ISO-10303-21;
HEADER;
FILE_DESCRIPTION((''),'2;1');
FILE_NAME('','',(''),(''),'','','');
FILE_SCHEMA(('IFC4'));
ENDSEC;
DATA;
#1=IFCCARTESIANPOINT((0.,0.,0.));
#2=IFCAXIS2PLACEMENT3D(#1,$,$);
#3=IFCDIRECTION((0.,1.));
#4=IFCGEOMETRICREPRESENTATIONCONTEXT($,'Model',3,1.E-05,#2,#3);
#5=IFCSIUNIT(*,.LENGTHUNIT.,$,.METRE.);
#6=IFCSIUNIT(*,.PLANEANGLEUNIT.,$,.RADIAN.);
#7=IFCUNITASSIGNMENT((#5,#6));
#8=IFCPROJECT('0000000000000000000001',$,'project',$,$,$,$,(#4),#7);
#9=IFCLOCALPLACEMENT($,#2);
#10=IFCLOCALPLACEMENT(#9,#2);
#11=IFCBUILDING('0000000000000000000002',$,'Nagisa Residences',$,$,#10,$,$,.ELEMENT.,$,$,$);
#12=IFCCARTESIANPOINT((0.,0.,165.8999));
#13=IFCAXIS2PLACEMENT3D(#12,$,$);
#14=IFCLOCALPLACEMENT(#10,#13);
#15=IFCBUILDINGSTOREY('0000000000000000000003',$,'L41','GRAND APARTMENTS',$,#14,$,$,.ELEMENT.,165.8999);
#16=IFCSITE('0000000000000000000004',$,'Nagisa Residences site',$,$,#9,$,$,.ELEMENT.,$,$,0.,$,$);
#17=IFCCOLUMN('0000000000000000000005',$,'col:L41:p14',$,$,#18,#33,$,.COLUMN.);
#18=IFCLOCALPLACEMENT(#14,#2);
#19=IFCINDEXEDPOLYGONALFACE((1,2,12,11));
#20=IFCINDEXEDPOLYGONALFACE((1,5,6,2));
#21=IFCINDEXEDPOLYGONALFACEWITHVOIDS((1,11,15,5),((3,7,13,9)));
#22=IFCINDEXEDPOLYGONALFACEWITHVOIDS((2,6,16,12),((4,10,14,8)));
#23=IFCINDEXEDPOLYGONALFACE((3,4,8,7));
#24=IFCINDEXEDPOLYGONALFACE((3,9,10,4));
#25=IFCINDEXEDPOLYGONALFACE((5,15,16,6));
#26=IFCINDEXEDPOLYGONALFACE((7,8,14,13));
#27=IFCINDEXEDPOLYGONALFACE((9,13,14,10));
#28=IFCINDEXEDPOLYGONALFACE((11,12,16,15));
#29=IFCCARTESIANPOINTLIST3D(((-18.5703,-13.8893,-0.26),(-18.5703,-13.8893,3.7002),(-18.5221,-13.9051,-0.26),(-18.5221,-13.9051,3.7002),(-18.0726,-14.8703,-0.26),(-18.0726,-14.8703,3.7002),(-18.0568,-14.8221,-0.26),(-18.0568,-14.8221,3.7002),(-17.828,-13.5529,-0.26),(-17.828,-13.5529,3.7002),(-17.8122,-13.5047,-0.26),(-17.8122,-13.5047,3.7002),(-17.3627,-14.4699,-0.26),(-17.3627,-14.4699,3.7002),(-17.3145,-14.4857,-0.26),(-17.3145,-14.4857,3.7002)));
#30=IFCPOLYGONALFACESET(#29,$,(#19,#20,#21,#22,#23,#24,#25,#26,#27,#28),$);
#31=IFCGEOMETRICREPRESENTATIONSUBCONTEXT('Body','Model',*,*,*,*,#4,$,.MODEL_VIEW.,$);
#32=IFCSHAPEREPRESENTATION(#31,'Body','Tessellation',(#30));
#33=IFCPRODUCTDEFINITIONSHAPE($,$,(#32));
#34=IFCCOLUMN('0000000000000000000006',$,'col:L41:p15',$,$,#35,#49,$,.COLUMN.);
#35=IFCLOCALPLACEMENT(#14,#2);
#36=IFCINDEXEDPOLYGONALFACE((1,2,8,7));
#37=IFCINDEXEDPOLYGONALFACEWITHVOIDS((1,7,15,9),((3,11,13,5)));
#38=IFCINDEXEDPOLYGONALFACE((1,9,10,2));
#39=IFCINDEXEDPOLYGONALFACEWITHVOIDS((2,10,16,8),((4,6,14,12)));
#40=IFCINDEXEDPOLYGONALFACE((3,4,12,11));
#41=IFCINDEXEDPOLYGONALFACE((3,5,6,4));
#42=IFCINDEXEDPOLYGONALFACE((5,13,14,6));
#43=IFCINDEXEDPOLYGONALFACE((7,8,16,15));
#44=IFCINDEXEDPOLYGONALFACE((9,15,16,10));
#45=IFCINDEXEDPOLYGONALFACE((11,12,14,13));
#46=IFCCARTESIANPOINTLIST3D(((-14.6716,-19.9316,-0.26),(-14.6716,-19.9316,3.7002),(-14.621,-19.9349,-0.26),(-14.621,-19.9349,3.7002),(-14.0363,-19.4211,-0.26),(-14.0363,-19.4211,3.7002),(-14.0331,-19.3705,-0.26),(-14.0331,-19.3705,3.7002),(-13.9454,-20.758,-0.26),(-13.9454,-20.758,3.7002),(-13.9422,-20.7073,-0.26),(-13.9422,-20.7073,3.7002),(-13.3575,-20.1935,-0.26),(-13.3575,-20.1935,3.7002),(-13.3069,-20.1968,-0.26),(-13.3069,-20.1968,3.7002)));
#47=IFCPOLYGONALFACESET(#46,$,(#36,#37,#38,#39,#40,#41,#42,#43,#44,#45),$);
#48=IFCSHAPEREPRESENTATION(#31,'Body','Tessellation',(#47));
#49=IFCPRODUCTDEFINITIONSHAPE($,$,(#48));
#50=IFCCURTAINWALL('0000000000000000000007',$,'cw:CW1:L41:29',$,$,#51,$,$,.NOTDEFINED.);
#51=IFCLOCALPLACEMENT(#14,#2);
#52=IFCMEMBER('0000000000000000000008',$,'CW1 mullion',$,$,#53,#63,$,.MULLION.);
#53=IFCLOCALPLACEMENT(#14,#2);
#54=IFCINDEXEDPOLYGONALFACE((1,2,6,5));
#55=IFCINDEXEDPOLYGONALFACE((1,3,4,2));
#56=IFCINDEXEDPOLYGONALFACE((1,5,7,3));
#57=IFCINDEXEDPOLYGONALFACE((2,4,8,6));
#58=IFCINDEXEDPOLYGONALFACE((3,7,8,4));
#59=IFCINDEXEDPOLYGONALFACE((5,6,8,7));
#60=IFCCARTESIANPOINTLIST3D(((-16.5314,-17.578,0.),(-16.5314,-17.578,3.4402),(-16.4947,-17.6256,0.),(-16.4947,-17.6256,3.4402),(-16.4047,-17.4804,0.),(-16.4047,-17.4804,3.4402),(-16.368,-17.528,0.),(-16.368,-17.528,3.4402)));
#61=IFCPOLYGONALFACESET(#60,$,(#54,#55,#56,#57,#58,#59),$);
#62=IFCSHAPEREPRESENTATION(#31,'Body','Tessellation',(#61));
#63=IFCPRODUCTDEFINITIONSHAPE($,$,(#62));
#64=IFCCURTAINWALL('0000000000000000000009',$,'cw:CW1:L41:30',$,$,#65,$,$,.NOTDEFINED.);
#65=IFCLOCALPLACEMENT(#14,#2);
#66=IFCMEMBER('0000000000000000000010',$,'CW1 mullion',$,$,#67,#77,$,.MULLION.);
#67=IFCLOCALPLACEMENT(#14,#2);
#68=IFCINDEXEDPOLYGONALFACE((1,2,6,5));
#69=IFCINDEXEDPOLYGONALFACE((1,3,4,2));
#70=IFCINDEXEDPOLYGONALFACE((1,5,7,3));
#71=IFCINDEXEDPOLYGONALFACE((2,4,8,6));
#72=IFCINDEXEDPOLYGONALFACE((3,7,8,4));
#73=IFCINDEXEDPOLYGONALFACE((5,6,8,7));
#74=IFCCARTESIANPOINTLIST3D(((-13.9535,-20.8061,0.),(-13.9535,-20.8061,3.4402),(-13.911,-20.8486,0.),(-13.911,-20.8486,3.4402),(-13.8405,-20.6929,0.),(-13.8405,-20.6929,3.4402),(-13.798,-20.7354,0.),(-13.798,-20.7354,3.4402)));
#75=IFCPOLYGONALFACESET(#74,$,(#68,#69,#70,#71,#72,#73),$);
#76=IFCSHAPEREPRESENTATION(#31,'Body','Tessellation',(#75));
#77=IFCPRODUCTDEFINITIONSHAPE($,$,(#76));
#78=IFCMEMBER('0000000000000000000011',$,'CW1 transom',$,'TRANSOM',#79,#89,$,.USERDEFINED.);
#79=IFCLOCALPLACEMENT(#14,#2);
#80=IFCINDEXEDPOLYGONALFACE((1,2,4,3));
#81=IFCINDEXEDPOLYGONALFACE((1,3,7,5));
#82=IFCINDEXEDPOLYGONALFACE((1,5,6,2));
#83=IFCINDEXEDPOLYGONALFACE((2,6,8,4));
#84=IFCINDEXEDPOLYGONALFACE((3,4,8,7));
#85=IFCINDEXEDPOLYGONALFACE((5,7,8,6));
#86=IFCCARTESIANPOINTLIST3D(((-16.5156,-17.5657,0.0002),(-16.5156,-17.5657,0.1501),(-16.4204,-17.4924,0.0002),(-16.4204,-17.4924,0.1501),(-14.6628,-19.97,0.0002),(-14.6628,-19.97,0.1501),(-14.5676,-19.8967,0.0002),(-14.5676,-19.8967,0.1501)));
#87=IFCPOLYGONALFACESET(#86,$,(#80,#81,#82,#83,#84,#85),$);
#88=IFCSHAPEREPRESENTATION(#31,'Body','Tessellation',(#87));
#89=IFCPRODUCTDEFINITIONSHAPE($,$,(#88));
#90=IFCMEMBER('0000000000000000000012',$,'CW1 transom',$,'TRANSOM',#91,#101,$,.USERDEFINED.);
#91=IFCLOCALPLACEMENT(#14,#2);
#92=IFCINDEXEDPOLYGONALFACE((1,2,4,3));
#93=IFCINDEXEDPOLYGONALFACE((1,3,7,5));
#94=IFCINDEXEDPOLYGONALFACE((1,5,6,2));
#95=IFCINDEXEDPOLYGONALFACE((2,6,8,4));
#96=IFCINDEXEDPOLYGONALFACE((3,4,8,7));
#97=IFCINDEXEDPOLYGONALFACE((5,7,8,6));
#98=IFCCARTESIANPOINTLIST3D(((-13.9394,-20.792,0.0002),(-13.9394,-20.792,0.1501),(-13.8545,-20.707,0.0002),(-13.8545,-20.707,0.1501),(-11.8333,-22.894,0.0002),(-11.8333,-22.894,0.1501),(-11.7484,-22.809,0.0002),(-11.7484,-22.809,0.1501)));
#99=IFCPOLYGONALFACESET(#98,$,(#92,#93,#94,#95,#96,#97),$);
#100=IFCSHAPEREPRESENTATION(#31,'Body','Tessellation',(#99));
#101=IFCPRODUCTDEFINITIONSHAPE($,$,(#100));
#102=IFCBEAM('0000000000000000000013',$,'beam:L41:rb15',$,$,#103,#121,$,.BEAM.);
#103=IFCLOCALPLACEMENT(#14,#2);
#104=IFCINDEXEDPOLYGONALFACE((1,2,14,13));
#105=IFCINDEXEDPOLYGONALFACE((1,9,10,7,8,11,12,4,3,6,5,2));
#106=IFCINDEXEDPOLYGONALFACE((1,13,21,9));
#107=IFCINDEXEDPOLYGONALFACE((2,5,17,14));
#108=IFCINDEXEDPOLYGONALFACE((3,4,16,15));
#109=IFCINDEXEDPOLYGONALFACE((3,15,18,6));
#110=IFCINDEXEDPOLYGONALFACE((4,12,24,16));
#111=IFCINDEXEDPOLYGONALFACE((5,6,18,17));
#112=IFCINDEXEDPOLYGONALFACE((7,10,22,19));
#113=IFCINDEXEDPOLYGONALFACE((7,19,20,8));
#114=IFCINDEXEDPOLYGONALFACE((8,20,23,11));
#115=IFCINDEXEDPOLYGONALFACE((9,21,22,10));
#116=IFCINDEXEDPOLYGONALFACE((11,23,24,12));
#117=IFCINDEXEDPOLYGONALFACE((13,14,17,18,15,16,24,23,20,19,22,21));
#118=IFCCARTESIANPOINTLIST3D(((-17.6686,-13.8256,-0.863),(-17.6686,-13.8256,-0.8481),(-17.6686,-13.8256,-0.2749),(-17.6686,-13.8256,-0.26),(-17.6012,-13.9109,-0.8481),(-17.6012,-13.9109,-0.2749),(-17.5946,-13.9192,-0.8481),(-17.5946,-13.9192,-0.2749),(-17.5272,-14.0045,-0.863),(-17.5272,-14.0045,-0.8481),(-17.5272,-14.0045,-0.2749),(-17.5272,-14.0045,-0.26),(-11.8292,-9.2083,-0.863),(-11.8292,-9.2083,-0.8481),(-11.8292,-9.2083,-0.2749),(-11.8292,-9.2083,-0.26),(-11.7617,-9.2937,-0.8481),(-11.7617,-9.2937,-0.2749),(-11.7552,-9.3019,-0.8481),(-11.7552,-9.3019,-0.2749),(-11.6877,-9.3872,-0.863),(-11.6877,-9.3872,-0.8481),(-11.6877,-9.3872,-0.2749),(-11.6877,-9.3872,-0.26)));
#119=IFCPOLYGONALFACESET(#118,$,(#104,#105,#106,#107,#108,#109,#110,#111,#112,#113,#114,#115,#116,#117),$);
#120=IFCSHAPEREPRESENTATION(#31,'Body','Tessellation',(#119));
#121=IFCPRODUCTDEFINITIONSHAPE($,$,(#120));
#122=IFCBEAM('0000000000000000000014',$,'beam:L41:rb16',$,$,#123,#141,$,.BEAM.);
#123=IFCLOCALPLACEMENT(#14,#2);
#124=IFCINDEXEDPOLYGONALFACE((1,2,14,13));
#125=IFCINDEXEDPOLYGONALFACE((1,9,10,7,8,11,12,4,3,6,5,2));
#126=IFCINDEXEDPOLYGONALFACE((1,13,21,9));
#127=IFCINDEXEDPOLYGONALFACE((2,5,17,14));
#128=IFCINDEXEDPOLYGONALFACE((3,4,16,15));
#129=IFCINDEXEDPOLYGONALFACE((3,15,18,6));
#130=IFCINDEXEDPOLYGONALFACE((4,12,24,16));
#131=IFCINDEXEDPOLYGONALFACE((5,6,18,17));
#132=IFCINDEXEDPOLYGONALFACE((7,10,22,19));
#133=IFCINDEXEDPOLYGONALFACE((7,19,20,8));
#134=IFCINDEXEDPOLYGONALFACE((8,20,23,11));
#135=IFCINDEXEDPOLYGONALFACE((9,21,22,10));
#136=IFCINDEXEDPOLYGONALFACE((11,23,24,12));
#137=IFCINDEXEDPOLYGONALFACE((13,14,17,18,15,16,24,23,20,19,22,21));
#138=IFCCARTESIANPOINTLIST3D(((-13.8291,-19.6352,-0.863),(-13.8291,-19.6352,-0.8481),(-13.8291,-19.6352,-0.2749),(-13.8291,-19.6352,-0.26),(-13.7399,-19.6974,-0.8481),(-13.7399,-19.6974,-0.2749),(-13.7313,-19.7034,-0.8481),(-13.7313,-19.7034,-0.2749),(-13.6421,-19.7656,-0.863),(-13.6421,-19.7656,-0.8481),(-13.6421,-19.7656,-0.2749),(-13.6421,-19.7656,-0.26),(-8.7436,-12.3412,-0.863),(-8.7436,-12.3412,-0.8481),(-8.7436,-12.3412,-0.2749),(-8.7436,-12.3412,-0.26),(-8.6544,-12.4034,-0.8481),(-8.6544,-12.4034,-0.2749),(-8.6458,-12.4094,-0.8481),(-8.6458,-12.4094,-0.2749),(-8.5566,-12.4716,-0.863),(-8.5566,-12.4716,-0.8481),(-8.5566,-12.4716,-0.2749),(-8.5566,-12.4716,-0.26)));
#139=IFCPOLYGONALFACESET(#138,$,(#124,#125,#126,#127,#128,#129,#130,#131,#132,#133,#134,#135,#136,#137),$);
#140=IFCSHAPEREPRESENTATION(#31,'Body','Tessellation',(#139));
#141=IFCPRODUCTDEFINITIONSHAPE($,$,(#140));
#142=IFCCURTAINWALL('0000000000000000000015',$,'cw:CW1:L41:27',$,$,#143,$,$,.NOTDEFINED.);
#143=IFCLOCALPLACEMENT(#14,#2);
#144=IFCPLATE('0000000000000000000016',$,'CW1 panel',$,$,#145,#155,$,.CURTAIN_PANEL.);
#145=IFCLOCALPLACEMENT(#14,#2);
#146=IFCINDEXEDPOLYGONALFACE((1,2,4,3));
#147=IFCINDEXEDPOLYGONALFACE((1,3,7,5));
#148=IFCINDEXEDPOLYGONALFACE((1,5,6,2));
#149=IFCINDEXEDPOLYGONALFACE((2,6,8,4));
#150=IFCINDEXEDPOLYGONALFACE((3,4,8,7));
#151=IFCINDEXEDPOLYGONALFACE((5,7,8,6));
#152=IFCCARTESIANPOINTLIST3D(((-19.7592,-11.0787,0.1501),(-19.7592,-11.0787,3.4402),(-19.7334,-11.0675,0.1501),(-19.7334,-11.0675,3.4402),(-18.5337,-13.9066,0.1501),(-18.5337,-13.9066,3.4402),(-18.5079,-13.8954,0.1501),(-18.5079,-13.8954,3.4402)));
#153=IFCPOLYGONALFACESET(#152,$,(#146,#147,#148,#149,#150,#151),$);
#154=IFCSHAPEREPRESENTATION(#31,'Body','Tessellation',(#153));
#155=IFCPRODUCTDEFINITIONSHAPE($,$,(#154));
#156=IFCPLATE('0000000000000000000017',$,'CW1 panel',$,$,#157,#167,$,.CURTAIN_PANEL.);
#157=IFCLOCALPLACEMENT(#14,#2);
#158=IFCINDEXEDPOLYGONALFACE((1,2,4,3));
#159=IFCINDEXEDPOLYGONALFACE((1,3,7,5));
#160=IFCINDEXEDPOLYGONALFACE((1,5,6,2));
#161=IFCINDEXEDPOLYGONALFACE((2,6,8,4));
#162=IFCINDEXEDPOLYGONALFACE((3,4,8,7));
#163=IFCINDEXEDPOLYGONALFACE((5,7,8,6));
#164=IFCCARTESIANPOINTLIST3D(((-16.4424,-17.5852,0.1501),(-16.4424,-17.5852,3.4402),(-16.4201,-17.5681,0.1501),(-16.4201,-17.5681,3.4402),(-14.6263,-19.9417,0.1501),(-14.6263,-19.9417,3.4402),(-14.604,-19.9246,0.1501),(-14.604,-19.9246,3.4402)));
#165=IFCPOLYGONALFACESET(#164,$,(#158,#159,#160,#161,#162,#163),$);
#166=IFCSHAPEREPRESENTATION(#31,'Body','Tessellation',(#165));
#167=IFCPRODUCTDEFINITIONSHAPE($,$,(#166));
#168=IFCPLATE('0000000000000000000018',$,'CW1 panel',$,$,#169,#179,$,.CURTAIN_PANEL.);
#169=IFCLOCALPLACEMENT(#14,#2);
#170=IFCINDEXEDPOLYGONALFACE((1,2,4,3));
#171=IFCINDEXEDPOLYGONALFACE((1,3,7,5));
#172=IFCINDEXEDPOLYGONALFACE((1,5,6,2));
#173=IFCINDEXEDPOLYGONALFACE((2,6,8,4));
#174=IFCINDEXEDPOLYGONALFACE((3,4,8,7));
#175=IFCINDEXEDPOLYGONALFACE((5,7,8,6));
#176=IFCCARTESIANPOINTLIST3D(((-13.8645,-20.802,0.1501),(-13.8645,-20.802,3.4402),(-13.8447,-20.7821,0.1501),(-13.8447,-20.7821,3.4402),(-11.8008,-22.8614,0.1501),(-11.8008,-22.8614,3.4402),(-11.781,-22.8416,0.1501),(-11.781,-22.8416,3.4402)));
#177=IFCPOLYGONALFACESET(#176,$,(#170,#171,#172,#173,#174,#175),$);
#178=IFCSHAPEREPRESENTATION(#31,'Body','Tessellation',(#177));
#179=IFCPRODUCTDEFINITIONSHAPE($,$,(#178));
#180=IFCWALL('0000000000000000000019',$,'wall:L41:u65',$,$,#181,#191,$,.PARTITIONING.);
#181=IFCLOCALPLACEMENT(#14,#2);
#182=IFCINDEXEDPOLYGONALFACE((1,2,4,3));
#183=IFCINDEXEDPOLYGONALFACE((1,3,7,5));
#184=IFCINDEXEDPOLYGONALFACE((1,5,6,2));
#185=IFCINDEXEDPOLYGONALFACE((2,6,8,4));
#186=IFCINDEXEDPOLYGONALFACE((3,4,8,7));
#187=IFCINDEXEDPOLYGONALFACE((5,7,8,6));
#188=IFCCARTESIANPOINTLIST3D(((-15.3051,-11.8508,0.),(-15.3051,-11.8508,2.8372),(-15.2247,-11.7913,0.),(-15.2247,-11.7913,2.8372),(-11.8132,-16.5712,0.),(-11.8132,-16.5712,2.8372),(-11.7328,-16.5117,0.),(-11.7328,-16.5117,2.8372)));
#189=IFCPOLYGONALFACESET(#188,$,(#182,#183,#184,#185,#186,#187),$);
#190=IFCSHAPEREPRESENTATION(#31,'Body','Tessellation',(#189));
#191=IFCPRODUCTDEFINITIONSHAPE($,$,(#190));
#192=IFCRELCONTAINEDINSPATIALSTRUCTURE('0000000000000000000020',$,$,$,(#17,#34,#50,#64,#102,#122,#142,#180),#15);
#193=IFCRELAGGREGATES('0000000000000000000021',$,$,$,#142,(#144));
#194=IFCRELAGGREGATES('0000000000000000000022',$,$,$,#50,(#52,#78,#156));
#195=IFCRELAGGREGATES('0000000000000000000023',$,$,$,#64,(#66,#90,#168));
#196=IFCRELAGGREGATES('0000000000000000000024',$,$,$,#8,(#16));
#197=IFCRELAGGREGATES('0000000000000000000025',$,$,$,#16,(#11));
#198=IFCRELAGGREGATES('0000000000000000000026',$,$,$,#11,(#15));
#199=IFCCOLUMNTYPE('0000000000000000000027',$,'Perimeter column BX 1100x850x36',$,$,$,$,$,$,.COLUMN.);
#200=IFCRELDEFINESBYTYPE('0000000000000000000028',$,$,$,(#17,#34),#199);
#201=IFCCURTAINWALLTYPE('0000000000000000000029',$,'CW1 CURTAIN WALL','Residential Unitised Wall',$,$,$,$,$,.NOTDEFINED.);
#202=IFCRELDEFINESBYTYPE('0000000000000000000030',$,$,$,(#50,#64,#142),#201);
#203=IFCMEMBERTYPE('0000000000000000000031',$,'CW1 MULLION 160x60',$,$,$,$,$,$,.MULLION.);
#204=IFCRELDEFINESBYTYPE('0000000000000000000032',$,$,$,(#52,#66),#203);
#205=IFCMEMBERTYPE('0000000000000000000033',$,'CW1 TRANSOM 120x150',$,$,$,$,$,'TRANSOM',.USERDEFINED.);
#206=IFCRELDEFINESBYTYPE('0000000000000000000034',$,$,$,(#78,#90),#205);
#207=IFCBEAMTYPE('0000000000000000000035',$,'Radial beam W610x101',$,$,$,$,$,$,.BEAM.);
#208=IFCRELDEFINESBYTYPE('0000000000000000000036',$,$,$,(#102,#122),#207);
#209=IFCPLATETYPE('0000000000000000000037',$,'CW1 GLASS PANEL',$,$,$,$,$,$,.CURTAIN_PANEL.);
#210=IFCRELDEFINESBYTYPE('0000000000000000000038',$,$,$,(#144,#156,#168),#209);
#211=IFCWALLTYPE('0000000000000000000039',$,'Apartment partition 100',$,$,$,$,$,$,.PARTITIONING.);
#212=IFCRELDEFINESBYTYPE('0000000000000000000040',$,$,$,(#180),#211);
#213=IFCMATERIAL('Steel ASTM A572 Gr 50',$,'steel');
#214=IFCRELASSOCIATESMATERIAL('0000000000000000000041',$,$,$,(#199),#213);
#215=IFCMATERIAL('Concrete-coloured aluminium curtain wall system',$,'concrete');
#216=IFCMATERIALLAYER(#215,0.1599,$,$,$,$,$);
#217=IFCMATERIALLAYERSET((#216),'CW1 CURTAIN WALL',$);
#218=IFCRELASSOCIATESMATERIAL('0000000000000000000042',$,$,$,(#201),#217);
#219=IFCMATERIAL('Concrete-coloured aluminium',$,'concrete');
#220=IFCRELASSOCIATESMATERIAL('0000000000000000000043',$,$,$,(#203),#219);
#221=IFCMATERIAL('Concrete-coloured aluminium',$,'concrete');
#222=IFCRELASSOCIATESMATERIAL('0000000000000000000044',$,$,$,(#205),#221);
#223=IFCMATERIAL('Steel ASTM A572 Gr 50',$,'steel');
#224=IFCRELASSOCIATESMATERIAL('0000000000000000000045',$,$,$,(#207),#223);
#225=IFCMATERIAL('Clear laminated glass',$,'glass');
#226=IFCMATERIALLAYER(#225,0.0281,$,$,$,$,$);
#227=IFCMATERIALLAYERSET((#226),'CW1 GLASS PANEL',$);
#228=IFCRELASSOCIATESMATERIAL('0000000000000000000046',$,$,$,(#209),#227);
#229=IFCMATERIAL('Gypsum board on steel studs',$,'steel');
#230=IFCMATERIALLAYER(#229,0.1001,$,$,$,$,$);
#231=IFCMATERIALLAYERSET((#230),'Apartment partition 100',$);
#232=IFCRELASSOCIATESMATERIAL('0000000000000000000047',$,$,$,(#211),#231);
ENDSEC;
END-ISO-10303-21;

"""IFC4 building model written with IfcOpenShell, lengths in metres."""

from ifc_helpers import new_model, si_unit, direction, frame, frame_2d, origin, origin_2d, place, context, subcontext, project, spatial, rectangle, hollow_rectangle, i_section, extrude, material, layer, layer_set, material_profile, profile_set, type_object, element, aggregate, save


model = new_model("IFC4")

# Units and contexts
model_context = context("Model", 3, precision=1e-05, world=origin(), true_north=direction((0.0, 1.0)))
body_context = subcontext(model_context, "Body", "Model", "MODEL_VIEW")
ifc_project = project(units=[si_unit("LENGTHUNIT", "METRE"), si_unit("PLANEANGLEUNIT", "RADIAN")], contexts=[model_context])

# Site, building, storey
site_placement = place(None, origin())
site = spatial("IfcSite", under=ifc_project, at=site_placement, Name="Nagisa Residences site", CompositionType="ELEMENT", RefElevation=0.0)
building_placement = place(site_placement, origin())
building = spatial("IfcBuilding", under=site, at=building_placement, Name="Nagisa Residences", CompositionType="ELEMENT")
storey_placement = place(building_placement, frame((0.0, 0.0, 165.8999)))
storey = spatial("IfcBuildingStorey", under=building, at=storey_placement, Name="L41", Description="GRAND APARTMENTS", CompositionType="ELEMENT", Elevation=165.8999)

# Columns
ifc_material_1 = material(Name="Steel ASTM A572 Gr 50", Category="steel")
ifc_material_profile_1 = material_profile(ifc_material_1, hollow_rectangle(XDim=1.1001, YDim=0.8501, WallThickness=0.0359, at=origin_2d()), Name="BX 1100x850x36")
ifc_profile_set_1 = profile_set([ifc_material_profile_1], Name="Steel ASTM A572 Gr 50")
column_type = type_object("IfcColumnType", Name="Perimeter column BX 1100x850x36", PredefinedType="COLUMN", material=ifc_profile_set_1)
for number, where, z_axis, x_axis, name in (
    (1, (-17.9424, -14.1875, -0.26), (0.0, 0.0, 1.0), (0.452463, -0.891783, 0.0), "col:L41:p14"),
    (2, (-13.9893, -20.0642, -0.26), (0.0, 0.0, 1.0), (0.660115, -0.751165, 0.0), "col:L41:p15"),
):
    element("IfcColumn", number, at=place(storey_placement, frame(where, z_axis=z_axis, x_axis=x_axis)), inside=storey, type_object=column_type, Name=name, PredefinedType="COLUMN", context=body_context, shape_type="SweptSolid", body=[
        extrude(hollow_rectangle(XDim=1.1001, YDim=0.8501, WallThickness=0.0359, at=origin_2d()), origin(), (0.0, 0.0, 1.0), 3.9602),
    ])

# Curtain walls, members
ifc_material_2 = material(Name="Concrete-coloured aluminium curtain wall system", Category="concrete")
ifc_layer_1 = layer(ifc_material_2, 0.1599)
ifc_layer_set_1 = layer_set([ifc_layer_1], Name="CW1 CURTAIN WALL")
curtain_wall_type = type_object("IfcCurtainWallType", Name="CW1 CURTAIN WALL", Description="Residential Unitised Wall", PredefinedType="NOTDEFINED", material=ifc_layer_set_1)
curtain_wall_1_placement = place(storey_placement, origin())
curtain_wall_1 = element("IfcCurtainWall", 3, at=curtain_wall_1_placement, inside=storey, type_object=curtain_wall_type, Name="cw:CW1:L41:29", PredefinedType="NOTDEFINED")
ifc_material_3 = material(Name="Concrete-coloured aluminium", Category="concrete")
ifc_material_profile_2 = material_profile(ifc_material_3, rectangle(XDim=0.1599, YDim=0.0601, at=origin_2d()), Name="CW1 MULLION 160x60")
ifc_profile_set_2 = profile_set([ifc_material_profile_2], Name="Concrete-coloured aluminium")
member_type_1 = type_object("IfcMemberType", Name="CW1 MULLION 160x60", PredefinedType="MULLION", material=ifc_profile_set_2)
member_1_placement = place(storey_placement, frame((-16.4497, -17.553, 0.0), z_axis=(0.0, 0.0, 1.0), x_axis=(0.79207, 0.61043, 0.0)))
member_1 = element("IfcMember", 4, at=member_1_placement, type_object=member_type_1, Name="CW1 mullion", PredefinedType="MULLION", context=body_context, shape_type="SweptSolid", body=[
    extrude(rectangle(XDim=0.1599, YDim=0.0601, at=origin_2d()), origin(), (0.0, 0.0, 1.0), 3.4402),
])
curtain_wall_2_placement = place(storey_placement, origin())
curtain_wall_2 = element("IfcCurtainWall", 5, at=curtain_wall_2_placement, inside=storey, type_object=curtain_wall_type, Name="cw:CW1:L41:30", PredefinedType="NOTDEFINED")
member_2_placement = place(storey_placement, frame((-13.8757, -20.7708, 0.0), z_axis=(0.0, 0.0, 1.0), x_axis=(0.706377, 0.707836, 0.0)))
member_2 = element("IfcMember", 6, at=member_2_placement, type_object=member_type_1, Name="CW1 mullion", PredefinedType="MULLION", context=body_context, shape_type="SweptSolid", body=[
    extrude(rectangle(XDim=0.1599, YDim=0.0601, at=origin_2d()), origin(), (0.0, 0.0, 1.0), 3.4402),
])

# Members
ifc_material_4 = material(Name="Concrete-coloured aluminium", Category="concrete")
ifc_material_profile_3 = material_profile(ifc_material_4, rectangle(XDim=0.1201, YDim=0.1499, at=origin_2d()), Name="CW1 TRANSOM 120x150")
ifc_profile_set_3 = profile_set([ifc_material_profile_3], Name="Concrete-coloured aluminium")
member_type_2 = type_object("IfcMemberType", Name="CW1 TRANSOM 120x150", ElementType="TRANSOM", PredefinedType="USERDEFINED", material=ifc_profile_set_3)
member_3_placement = place(storey_placement, frame((-16.468, -17.5291, 0.0752), z_axis=(0.610399, -0.792094, 0.0), x_axis=(0.792094, 0.610399, 0.0)))
member_3 = element("IfcMember", 7, at=member_3_placement, type_object=member_type_2, Name="CW1 transom", ObjectType="TRANSOM", PredefinedType="USERDEFINED", context=body_context, shape_type="SweptSolid", body=[
    extrude(rectangle(XDim=0.1201, YDim=0.1499, at=origin_2d()), origin(), (0.0, 0.0, 1.0), 3.0354),
])
member_4_placement = place(storey_placement, frame((-13.897, -20.7495, 0.0752), z_axis=(0.707804, -0.706409, 0.0), x_axis=(0.706409, 0.707804, 0.0)))
member_4 = element("IfcMember", 8, at=member_4_placement, type_object=member_type_2, Name="CW1 transom", ObjectType="TRANSOM", PredefinedType="USERDEFINED", context=body_context, shape_type="SweptSolid", body=[
    extrude(rectangle(XDim=0.1201, YDim=0.1499, at=origin_2d()), origin(), (0.0, 0.0, 1.0), 2.9756),
])

# Beams
ifc_material_5 = material(Name="Steel ASTM A572 Gr 50", Category="steel")
ifc_material_profile_4 = material_profile(ifc_material_5, i_section(OverallWidth=0.228, OverallDepth=0.603, WebThickness=0.0105, FlangeThickness=0.0149, at=origin_2d()), Name="W610x101")
ifc_profile_set_4 = profile_set([ifc_material_profile_4], Name="Steel ASTM A572 Gr 50")
beam_type = type_object("IfcBeamType", Name="Radial beam W610x101", PredefinedType="BEAM", material=ifc_profile_set_4)
beam_1_placement = place(storey_placement, frame((-17.5979, -13.915, -0.5615), z_axis=(0.784414, 0.620237, 0.0), x_axis=(-0.620237, 0.784414, 0.0)))
element("IfcBeam", 9, at=beam_1_placement, inside=storey, type_object=beam_type, Name="beam:L41:rb15", PredefinedType="BEAM", context=body_context, shape_type="SweptSolid", body=[
    extrude(i_section(OverallWidth=0.228, OverallDepth=0.603, WebThickness=0.0105, FlangeThickness=0.0149, at=origin_2d()), origin(), (0.0, 0.0, 1.0), 7.4443),
])
beam_2_placement = place(storey_placement, frame((-13.7356, -19.7004, -0.5615), z_axis=(0.571928, 0.820304, 0.0), x_axis=(-0.820304, 0.571928, 0.0)))
element("IfcBeam", 10, at=beam_2_placement, inside=storey, type_object=beam_type, Name="beam:L41:rb16", PredefinedType="BEAM", context=body_context, shape_type="SweptSolid", body=[
    extrude(i_section(OverallWidth=0.228, OverallDepth=0.603, WebThickness=0.0105, FlangeThickness=0.0149, at=origin_2d()), origin(), (0.0, 0.0, 1.0), 8.8918),
])

# Curtain wall, plate
curtain_wall_3_placement = place(storey_placement, origin())
curtain_wall_3 = element("IfcCurtainWall", 11, at=curtain_wall_3_placement, inside=storey, type_object=curtain_wall_type, Name="cw:CW1:L41:27", PredefinedType="NOTDEFINED")
ifc_material_6 = material(Name="Clear laminated glass", Category="glass")
ifc_layer_2 = layer(ifc_material_6, 0.0281)
ifc_layer_set_2 = layer_set([ifc_layer_2], Name="CW1 GLASS PANEL")
plate_type = type_object("IfcPlateType", Name="CW1 GLASS PANEL", PredefinedType="CURTAIN_PANEL", material=ifc_layer_set_2)
plate_1_placement = place(storey_placement, frame((-19.1335, -12.4871, 0.1501), z_axis=(0.0, 0.0, 1.0), x_axis=(0.397636, -0.917543, 0.0)))
plate_1 = element("IfcPlate", 12, at=plate_1_placement, type_object=plate_type, Name="CW1 panel", PredefinedType="CURTAIN_PANEL", context=body_context, shape_type="SweptSolid", body=[
    extrude(rectangle(XDim=3.082, YDim=0.0281, at=origin_2d()), origin(), (0.0, 0.0, 1.0), 3.29),
])
aggregate(curtain_wall_3, [plate_1])

# Plates
plate_2_placement = place(storey_placement, frame((-15.5232, -18.7549, 0.1501), z_axis=(0.0, 0.0, 1.0), x_axis=(0.61043, -0.79207, 0.0)))
plate_2 = element("IfcPlate", 13, at=plate_2_placement, type_object=plate_type, Name="CW1 panel", PredefinedType="CURTAIN_PANEL", context=body_context, shape_type="SweptSolid", body=[
    extrude(rectangle(XDim=2.9751, YDim=0.0281, at=origin_2d()), origin(), (0.0, 0.0, 1.0), 3.29),
])
aggregate(curtain_wall_1, [member_1, member_3, plate_2])
plate_3_placement = place(storey_placement, frame((-12.8228, -21.8218, 0.1501), z_axis=(0.0, 0.0, 1.0), x_axis=(0.707836, -0.706377, 0.0)))
plate_3 = element("IfcPlate", 14, at=plate_3_placement, type_object=plate_type, Name="CW1 panel", PredefinedType="CURTAIN_PANEL", context=body_context, shape_type="SweptSolid", body=[
    extrude(rectangle(XDim=2.9155, YDim=0.0281, at=origin_2d()), origin(), (0.0, 0.0, 1.0), 3.29),
])
aggregate(curtain_wall_2, [member_2, member_4, plate_3])

# Wall
ifc_material_7 = material(Name="Gypsum board on steel studs", Category="steel")
ifc_layer_3 = layer(ifc_material_7, 0.1001)
ifc_layer_set_3 = layer_set([ifc_layer_3], Name="Apartment partition 100")
wall_type_1 = type_object("IfcWallType", Name="Apartment partition 100", PredefinedType="PARTITIONING", material=ifc_layer_set_3)
wall_1_placement = place(storey_placement, frame((-15.2649, -11.821, 0.0), z_axis=(0.0, 0.0, 1.0), x_axis=(0.594711, -0.803939, 0.0)))
element("IfcWall", 15, at=wall_1_placement, inside=storey, type_object=wall_type_1, Name="wall:L41:u65", PredefinedType="PARTITIONING", context=body_context, shape_type="SweptSolid", body=[
    extrude(rectangle(XDim=5.8716, YDim=0.1001, at=frame_2d((2.9358, 0.0))), origin(), (0.0, 0.0, 1.0), 2.8372),
])

save(model, "model.ifc")
